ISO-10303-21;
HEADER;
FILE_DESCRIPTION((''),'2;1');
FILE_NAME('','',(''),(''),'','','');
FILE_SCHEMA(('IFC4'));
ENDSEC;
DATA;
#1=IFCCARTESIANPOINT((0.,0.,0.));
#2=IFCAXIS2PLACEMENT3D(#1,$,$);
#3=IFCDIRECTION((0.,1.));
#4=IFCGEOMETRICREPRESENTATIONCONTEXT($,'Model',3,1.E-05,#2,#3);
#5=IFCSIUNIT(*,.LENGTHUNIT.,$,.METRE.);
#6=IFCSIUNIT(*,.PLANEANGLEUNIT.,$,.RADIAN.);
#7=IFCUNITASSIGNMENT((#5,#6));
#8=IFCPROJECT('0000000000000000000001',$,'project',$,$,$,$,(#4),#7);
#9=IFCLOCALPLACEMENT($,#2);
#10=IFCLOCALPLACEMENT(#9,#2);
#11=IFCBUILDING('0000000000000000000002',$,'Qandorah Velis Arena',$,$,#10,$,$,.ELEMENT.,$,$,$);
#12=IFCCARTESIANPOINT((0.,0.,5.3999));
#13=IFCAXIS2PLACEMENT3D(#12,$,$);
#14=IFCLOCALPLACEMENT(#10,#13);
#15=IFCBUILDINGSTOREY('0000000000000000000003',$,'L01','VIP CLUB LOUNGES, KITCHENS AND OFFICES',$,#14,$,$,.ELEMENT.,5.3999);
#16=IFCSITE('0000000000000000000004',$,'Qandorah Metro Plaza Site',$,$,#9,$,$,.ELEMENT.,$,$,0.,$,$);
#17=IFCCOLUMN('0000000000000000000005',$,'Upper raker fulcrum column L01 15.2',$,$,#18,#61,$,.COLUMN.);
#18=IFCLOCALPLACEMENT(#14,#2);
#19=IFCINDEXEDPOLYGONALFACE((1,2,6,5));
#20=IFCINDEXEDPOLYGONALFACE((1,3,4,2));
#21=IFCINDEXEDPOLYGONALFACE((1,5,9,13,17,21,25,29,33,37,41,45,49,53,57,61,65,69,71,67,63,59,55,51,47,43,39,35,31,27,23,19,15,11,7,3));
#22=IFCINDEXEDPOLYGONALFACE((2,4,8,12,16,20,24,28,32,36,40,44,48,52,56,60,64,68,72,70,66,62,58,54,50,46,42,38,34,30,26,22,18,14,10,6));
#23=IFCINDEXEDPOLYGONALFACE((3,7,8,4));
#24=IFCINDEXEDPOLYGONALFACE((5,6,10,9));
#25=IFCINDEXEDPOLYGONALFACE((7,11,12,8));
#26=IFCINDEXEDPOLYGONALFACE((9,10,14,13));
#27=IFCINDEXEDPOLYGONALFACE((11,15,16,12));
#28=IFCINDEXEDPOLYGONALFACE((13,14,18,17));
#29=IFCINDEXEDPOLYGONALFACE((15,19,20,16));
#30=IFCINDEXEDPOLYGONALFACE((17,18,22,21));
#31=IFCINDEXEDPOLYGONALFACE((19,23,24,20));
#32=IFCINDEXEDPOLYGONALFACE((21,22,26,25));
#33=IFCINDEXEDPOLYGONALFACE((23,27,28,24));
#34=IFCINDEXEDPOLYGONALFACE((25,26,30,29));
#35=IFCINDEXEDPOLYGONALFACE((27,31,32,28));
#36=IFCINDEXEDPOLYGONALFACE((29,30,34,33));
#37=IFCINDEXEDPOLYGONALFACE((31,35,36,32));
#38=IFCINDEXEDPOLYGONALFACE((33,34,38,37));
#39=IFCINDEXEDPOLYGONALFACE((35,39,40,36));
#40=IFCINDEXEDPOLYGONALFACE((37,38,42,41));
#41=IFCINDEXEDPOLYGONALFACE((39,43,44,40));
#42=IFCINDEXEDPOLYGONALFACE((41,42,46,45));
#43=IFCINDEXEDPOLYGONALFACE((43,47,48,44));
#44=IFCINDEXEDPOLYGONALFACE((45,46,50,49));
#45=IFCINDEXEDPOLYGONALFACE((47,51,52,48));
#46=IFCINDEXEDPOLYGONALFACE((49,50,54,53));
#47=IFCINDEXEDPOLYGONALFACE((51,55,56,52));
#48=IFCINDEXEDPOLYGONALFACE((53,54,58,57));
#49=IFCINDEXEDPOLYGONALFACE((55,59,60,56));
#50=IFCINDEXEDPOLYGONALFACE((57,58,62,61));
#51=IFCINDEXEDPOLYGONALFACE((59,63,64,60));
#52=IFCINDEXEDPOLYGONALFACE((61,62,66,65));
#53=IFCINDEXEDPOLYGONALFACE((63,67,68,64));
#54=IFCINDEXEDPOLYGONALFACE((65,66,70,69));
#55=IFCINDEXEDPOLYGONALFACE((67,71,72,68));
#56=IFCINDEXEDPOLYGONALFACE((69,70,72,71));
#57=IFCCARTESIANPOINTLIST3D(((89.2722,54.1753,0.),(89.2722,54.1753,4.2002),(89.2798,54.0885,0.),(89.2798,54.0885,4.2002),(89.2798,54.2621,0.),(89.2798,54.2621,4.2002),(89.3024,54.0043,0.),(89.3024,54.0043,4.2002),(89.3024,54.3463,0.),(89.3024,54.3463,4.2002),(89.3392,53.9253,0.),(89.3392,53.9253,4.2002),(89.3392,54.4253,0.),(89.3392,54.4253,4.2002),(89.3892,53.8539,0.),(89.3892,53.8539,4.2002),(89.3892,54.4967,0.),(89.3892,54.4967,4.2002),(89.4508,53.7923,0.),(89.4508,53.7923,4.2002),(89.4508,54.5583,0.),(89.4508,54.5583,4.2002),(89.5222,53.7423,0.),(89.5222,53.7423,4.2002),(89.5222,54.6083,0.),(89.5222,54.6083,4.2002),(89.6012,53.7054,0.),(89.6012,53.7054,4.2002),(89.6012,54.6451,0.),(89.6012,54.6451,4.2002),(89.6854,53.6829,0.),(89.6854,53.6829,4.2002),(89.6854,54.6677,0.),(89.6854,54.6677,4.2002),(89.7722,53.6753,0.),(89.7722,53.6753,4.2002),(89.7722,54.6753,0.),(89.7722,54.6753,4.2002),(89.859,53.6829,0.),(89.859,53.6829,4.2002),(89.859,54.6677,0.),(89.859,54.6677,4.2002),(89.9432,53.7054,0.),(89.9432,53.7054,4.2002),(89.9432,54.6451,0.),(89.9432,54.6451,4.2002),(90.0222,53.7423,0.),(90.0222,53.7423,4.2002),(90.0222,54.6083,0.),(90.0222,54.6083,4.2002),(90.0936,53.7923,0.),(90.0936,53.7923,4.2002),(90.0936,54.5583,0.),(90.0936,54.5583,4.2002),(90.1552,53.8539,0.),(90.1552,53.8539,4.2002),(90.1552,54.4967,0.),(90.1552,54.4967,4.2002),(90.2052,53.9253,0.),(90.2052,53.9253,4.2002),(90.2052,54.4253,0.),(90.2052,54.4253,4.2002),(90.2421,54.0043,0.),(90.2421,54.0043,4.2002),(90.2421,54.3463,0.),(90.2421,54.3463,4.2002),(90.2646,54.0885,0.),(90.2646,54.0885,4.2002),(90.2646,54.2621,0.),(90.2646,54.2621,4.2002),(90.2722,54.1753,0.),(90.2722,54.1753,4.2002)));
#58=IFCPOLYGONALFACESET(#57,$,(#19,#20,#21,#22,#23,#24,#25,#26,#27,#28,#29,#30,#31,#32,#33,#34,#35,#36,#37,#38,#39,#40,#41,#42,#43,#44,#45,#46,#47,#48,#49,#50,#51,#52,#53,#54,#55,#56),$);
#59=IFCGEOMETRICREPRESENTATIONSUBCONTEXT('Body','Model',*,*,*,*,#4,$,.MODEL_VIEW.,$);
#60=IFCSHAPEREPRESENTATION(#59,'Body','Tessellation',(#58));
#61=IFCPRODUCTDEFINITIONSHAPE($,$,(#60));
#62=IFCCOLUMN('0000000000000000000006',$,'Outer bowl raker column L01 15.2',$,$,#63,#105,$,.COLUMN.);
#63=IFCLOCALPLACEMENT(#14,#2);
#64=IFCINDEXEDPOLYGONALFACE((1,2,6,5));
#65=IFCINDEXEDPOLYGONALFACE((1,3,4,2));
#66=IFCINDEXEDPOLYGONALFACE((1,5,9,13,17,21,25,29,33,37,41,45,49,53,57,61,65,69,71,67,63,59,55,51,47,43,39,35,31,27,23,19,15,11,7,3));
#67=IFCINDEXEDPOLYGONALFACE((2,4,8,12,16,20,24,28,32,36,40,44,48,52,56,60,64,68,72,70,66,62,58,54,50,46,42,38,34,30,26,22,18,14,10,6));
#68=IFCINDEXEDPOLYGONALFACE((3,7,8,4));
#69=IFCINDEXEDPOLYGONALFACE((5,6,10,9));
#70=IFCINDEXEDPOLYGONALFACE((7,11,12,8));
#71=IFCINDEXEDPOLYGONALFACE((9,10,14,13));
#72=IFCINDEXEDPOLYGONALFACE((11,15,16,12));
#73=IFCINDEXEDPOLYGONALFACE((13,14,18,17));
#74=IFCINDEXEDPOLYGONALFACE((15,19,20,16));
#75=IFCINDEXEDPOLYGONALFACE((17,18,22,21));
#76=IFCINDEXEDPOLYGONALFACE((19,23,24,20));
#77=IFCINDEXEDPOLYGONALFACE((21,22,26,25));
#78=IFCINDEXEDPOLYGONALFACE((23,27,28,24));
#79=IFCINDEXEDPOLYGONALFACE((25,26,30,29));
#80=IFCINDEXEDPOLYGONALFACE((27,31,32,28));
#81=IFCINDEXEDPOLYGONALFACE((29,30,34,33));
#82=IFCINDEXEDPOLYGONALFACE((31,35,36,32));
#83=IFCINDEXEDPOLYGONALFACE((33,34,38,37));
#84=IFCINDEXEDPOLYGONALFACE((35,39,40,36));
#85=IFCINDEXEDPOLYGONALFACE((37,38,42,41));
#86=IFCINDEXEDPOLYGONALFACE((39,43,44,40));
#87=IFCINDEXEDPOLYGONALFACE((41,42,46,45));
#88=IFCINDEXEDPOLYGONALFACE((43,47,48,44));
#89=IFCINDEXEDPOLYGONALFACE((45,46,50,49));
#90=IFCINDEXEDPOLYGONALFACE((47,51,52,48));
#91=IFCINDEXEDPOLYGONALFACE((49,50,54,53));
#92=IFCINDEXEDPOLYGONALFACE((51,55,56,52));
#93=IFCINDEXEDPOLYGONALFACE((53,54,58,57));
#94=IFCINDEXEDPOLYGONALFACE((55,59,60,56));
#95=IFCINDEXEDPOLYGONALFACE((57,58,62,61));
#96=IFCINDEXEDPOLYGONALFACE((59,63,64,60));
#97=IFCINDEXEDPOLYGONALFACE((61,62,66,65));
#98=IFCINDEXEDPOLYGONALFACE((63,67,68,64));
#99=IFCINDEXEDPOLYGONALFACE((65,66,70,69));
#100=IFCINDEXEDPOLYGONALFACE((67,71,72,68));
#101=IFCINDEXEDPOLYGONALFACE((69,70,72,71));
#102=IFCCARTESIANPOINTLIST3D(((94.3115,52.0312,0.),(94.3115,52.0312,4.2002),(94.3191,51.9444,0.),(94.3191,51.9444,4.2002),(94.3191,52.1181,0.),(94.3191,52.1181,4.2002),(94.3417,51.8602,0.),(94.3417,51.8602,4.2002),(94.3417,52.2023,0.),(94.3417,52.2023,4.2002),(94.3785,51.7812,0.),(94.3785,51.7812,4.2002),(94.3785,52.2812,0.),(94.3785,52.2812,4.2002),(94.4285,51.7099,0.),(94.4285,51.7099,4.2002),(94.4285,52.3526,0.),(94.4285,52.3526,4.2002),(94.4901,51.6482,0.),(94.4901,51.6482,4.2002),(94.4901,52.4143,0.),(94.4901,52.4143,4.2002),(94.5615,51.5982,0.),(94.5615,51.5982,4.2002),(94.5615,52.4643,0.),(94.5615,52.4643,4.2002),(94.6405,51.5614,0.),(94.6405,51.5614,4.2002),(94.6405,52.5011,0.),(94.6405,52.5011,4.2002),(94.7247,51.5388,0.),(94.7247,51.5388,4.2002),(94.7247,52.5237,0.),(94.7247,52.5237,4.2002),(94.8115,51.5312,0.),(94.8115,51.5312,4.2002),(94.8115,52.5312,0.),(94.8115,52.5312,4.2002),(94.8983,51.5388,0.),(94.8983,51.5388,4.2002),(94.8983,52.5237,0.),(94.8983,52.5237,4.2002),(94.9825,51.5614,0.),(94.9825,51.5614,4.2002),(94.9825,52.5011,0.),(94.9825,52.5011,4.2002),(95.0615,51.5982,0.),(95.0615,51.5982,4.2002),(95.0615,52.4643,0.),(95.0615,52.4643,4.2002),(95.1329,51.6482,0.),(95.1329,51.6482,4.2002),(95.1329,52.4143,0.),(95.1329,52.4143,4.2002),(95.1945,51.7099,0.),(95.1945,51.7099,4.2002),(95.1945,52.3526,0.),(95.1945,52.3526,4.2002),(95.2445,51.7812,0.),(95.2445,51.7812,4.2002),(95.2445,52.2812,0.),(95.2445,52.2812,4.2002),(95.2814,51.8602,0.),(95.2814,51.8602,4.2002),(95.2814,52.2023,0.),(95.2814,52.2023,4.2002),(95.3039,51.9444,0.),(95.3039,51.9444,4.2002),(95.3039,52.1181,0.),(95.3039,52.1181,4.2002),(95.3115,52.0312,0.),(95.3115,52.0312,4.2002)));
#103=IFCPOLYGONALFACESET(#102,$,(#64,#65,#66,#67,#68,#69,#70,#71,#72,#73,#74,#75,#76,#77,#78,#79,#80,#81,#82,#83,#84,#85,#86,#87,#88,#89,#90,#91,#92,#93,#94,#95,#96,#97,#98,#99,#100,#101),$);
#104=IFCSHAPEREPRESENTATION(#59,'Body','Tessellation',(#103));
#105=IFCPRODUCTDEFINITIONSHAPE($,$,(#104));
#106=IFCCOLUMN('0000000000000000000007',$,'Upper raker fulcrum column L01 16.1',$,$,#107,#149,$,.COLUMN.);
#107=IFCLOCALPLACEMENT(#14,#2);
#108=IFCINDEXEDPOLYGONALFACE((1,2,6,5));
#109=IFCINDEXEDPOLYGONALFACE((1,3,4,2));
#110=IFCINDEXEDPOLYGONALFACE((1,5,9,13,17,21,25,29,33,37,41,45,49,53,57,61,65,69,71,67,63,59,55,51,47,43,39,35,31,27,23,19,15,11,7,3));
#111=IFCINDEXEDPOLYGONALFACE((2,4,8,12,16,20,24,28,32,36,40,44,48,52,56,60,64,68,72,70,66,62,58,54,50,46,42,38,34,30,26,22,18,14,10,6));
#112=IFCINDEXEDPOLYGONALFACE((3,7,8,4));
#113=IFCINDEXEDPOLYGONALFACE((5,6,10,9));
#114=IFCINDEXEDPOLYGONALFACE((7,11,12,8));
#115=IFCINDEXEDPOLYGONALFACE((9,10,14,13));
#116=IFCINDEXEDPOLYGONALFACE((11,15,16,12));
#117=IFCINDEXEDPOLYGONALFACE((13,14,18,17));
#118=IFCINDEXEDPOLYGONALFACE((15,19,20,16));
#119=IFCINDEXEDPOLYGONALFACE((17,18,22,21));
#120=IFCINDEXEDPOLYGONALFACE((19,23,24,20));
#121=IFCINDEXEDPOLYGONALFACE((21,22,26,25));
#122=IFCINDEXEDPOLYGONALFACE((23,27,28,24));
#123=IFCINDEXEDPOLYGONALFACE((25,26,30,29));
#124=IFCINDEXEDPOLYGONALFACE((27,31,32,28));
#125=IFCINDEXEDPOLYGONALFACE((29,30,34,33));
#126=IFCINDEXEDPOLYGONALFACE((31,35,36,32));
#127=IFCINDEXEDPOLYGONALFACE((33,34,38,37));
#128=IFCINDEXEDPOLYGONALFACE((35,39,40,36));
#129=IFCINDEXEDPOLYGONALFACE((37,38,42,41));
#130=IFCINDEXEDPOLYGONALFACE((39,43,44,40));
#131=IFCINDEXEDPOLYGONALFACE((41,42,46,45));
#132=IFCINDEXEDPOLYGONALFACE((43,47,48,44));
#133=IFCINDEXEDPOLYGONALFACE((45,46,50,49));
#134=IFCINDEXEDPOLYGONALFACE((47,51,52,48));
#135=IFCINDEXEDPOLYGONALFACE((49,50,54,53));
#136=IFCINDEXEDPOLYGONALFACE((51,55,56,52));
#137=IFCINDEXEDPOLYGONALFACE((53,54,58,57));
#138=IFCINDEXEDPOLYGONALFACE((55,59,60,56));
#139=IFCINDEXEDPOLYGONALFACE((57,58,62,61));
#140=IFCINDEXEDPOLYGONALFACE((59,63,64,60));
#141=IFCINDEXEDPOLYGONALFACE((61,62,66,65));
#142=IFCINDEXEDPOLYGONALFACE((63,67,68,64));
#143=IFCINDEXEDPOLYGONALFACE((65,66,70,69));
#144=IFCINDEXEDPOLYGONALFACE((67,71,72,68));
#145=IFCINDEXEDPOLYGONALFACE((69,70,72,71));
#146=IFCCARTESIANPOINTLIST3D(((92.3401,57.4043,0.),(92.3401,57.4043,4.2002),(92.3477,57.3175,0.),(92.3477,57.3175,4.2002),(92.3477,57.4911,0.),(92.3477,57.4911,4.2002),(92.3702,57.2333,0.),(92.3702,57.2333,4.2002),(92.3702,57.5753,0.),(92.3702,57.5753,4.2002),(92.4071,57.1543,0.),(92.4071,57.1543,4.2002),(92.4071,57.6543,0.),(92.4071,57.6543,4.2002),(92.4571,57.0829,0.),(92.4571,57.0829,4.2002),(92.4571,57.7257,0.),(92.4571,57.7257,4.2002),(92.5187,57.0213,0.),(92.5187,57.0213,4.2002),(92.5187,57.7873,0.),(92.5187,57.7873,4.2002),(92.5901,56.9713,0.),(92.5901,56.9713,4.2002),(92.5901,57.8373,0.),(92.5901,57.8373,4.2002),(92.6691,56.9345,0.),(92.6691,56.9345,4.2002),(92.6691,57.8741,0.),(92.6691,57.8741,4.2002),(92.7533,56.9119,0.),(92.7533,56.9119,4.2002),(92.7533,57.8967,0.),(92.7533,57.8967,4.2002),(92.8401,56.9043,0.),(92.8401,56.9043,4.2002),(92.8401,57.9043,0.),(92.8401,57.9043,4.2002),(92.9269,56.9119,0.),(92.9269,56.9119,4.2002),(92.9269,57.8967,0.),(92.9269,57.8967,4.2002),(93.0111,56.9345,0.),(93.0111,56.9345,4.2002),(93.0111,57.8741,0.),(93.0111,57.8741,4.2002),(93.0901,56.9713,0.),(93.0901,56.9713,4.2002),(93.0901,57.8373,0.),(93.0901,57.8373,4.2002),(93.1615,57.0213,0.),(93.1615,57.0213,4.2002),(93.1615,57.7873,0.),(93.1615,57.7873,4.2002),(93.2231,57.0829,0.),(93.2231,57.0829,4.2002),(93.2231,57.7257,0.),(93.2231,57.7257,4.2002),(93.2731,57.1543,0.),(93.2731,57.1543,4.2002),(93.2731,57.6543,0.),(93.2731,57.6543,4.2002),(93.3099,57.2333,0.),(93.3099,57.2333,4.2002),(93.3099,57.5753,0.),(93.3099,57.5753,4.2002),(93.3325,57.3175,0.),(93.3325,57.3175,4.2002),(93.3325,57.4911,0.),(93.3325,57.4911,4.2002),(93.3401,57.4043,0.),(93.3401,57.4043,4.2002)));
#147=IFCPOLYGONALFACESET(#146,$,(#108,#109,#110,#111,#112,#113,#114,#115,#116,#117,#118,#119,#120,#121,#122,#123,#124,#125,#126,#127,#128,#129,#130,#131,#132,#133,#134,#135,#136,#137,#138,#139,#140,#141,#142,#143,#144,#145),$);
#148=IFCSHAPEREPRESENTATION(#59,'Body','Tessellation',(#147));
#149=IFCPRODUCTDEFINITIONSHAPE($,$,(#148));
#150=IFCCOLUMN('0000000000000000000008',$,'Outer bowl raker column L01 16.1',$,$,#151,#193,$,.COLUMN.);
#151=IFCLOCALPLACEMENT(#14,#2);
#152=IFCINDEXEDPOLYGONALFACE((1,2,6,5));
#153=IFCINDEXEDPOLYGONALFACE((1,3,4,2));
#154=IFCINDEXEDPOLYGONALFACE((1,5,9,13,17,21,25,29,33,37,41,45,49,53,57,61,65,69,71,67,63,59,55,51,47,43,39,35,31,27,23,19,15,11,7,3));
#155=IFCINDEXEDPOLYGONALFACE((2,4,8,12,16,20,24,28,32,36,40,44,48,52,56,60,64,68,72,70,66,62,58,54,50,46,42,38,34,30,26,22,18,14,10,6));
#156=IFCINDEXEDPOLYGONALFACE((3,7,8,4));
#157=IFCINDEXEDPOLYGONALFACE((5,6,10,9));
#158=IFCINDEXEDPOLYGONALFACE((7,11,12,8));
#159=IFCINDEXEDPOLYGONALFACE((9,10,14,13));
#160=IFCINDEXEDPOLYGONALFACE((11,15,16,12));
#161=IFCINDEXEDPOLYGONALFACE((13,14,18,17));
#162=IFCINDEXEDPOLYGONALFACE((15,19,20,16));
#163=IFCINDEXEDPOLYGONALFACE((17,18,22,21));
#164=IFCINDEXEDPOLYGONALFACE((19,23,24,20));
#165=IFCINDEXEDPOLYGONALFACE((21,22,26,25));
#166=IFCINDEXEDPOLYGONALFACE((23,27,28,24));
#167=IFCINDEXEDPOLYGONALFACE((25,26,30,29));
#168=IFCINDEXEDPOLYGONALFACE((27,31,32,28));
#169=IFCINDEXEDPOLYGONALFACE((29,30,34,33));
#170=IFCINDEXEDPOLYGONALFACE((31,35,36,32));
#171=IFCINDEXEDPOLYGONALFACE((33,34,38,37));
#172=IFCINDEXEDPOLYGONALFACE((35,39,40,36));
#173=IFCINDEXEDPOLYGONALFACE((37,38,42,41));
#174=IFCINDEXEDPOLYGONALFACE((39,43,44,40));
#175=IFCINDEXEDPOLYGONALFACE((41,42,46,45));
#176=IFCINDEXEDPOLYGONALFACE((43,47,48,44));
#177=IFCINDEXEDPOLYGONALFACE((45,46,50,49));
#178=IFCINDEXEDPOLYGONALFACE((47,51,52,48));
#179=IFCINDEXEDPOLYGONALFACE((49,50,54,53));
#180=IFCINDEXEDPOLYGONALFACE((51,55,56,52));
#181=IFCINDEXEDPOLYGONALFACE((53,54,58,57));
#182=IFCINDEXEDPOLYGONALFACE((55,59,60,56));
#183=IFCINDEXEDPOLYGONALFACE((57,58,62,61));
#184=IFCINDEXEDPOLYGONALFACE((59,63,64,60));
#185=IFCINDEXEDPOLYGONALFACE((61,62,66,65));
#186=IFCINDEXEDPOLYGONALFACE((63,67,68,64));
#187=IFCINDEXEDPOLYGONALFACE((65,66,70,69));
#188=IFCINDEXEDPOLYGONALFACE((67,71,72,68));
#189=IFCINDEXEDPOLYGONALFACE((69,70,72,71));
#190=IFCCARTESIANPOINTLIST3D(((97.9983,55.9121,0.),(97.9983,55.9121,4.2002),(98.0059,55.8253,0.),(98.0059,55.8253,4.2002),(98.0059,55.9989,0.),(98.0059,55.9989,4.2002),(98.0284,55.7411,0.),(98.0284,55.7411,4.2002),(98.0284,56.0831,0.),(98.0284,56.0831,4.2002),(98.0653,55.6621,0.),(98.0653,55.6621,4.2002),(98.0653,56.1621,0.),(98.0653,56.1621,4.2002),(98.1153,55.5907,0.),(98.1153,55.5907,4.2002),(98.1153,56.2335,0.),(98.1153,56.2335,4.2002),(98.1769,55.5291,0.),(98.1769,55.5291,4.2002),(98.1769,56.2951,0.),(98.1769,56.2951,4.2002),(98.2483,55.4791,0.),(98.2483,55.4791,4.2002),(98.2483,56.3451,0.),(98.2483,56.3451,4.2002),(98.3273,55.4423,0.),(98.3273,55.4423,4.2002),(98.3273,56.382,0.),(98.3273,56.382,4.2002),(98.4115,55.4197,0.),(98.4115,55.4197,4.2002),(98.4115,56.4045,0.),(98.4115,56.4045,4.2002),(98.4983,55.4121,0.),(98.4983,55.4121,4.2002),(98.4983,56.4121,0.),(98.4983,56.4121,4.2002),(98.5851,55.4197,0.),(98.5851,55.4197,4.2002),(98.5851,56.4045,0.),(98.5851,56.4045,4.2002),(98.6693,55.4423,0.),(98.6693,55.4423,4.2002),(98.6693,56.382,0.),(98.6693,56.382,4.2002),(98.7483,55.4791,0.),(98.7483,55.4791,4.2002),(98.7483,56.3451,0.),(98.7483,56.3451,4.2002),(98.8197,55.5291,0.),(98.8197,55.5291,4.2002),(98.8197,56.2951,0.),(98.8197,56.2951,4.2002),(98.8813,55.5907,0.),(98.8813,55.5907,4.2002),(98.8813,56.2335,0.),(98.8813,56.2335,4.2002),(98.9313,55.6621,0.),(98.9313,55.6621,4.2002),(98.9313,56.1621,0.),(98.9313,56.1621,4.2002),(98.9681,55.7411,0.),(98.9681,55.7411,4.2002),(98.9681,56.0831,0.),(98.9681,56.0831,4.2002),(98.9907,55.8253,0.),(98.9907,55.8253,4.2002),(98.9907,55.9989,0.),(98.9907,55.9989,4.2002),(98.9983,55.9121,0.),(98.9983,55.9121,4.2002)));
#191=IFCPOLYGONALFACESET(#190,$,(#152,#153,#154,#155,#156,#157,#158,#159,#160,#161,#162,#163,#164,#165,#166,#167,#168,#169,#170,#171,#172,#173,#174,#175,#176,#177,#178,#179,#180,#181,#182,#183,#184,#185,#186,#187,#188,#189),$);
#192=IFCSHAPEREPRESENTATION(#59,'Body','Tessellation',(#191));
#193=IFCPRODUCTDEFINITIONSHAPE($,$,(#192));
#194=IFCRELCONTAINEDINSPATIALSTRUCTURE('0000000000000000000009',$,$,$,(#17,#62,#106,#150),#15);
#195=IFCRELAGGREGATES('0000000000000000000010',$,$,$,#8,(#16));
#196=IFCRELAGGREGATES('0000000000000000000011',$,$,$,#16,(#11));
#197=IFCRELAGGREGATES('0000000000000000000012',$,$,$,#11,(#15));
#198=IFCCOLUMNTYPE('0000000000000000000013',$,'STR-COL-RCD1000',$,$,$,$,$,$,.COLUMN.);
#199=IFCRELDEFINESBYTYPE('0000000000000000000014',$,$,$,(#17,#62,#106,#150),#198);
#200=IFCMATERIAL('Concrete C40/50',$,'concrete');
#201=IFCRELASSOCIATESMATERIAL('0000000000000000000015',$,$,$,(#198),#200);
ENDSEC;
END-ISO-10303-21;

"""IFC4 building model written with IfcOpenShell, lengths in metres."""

from ifc_helpers import new_model, si_unit, direction, frame, origin, origin_2d, place, context, subcontext, project, spatial, circle, extrude, material, material_profile, profile_set, type_object, element, save


model = new_model("IFC4")

# Units and contexts
model_context = context("Model", 3, precision=1e-05, world=origin(), true_north=direction((0.0, 1.0)))
body_context = subcontext(model_context, "Body", "Model", "MODEL_VIEW")
ifc_project = project(units=[si_unit("LENGTHUNIT", "METRE"), si_unit("PLANEANGLEUNIT", "RADIAN")], contexts=[model_context])

# Site, building, storey
site_placement = place(None, origin())
site = spatial("IfcSite", under=ifc_project, at=site_placement, Name="Qandorah Metro Plaza Site", CompositionType="ELEMENT", RefElevation=0.0)
building_placement = place(site_placement, origin())
building = spatial("IfcBuilding", under=site, at=building_placement, Name="Qandorah Velis Arena", CompositionType="ELEMENT")
storey_placement = place(building_placement, frame((0.0, 0.0, 5.3999)))
storey = spatial("IfcBuildingStorey", under=building, at=storey_placement, Name="L01", Description="VIP CLUB LOUNGES, KITCHENS AND OFFICES", CompositionType="ELEMENT", Elevation=5.3999)

# Columns
ifc_material_1 = material(Name="Concrete C40/50", Category="concrete")
ifc_material_profile_1 = material_profile(ifc_material_1, circle(Radius=0.5, at=origin_2d()), Name="RC D1000")
ifc_profile_set_1 = profile_set([ifc_material_profile_1], Name="Concrete C40/50")
column_type_1 = type_object("IfcColumnType", Name="STR-COL-RCD1000", PredefinedType="COLUMN", material=ifc_profile_set_1)
for number, where, z_axis, x_axis, name in (
    (1, (89.7722, 54.1753, 0.0), (0.0, 0.0, 1.0), (1.0, 0.0, 0.0), "Upper raker fulcrum column L01 15.2"),
    (2, (94.8115, 52.0312, 0.0), (0.0, 0.0, 1.0), (1.0, 0.0, 0.0), "Outer bowl raker column L01 15.2"),
    (3, (92.8401, 57.4043, 0.0), (0.0, 0.0, 1.0), (1.0, 0.0, 0.0), "Upper raker fulcrum column L01 16.1"),
    (4, (98.4983, 55.9121, 0.0), (0.0, 0.0, 1.0), (1.0, 0.0, 0.0), "Outer bowl raker column L01 16.1"),
):
    element("IfcColumn", number, at=place(storey_placement, frame(where, z_axis=z_axis, x_axis=x_axis)), inside=storey, type_object=column_type_1, Name=name, PredefinedType="COLUMN", context=body_context, shape_type="SweptSolid", body=[
        extrude(circle(Radius=0.5, at=origin_2d()), origin(), (0.0, 0.0, 1.0), 4.2002),
    ])

save(model, "model.ifc")
